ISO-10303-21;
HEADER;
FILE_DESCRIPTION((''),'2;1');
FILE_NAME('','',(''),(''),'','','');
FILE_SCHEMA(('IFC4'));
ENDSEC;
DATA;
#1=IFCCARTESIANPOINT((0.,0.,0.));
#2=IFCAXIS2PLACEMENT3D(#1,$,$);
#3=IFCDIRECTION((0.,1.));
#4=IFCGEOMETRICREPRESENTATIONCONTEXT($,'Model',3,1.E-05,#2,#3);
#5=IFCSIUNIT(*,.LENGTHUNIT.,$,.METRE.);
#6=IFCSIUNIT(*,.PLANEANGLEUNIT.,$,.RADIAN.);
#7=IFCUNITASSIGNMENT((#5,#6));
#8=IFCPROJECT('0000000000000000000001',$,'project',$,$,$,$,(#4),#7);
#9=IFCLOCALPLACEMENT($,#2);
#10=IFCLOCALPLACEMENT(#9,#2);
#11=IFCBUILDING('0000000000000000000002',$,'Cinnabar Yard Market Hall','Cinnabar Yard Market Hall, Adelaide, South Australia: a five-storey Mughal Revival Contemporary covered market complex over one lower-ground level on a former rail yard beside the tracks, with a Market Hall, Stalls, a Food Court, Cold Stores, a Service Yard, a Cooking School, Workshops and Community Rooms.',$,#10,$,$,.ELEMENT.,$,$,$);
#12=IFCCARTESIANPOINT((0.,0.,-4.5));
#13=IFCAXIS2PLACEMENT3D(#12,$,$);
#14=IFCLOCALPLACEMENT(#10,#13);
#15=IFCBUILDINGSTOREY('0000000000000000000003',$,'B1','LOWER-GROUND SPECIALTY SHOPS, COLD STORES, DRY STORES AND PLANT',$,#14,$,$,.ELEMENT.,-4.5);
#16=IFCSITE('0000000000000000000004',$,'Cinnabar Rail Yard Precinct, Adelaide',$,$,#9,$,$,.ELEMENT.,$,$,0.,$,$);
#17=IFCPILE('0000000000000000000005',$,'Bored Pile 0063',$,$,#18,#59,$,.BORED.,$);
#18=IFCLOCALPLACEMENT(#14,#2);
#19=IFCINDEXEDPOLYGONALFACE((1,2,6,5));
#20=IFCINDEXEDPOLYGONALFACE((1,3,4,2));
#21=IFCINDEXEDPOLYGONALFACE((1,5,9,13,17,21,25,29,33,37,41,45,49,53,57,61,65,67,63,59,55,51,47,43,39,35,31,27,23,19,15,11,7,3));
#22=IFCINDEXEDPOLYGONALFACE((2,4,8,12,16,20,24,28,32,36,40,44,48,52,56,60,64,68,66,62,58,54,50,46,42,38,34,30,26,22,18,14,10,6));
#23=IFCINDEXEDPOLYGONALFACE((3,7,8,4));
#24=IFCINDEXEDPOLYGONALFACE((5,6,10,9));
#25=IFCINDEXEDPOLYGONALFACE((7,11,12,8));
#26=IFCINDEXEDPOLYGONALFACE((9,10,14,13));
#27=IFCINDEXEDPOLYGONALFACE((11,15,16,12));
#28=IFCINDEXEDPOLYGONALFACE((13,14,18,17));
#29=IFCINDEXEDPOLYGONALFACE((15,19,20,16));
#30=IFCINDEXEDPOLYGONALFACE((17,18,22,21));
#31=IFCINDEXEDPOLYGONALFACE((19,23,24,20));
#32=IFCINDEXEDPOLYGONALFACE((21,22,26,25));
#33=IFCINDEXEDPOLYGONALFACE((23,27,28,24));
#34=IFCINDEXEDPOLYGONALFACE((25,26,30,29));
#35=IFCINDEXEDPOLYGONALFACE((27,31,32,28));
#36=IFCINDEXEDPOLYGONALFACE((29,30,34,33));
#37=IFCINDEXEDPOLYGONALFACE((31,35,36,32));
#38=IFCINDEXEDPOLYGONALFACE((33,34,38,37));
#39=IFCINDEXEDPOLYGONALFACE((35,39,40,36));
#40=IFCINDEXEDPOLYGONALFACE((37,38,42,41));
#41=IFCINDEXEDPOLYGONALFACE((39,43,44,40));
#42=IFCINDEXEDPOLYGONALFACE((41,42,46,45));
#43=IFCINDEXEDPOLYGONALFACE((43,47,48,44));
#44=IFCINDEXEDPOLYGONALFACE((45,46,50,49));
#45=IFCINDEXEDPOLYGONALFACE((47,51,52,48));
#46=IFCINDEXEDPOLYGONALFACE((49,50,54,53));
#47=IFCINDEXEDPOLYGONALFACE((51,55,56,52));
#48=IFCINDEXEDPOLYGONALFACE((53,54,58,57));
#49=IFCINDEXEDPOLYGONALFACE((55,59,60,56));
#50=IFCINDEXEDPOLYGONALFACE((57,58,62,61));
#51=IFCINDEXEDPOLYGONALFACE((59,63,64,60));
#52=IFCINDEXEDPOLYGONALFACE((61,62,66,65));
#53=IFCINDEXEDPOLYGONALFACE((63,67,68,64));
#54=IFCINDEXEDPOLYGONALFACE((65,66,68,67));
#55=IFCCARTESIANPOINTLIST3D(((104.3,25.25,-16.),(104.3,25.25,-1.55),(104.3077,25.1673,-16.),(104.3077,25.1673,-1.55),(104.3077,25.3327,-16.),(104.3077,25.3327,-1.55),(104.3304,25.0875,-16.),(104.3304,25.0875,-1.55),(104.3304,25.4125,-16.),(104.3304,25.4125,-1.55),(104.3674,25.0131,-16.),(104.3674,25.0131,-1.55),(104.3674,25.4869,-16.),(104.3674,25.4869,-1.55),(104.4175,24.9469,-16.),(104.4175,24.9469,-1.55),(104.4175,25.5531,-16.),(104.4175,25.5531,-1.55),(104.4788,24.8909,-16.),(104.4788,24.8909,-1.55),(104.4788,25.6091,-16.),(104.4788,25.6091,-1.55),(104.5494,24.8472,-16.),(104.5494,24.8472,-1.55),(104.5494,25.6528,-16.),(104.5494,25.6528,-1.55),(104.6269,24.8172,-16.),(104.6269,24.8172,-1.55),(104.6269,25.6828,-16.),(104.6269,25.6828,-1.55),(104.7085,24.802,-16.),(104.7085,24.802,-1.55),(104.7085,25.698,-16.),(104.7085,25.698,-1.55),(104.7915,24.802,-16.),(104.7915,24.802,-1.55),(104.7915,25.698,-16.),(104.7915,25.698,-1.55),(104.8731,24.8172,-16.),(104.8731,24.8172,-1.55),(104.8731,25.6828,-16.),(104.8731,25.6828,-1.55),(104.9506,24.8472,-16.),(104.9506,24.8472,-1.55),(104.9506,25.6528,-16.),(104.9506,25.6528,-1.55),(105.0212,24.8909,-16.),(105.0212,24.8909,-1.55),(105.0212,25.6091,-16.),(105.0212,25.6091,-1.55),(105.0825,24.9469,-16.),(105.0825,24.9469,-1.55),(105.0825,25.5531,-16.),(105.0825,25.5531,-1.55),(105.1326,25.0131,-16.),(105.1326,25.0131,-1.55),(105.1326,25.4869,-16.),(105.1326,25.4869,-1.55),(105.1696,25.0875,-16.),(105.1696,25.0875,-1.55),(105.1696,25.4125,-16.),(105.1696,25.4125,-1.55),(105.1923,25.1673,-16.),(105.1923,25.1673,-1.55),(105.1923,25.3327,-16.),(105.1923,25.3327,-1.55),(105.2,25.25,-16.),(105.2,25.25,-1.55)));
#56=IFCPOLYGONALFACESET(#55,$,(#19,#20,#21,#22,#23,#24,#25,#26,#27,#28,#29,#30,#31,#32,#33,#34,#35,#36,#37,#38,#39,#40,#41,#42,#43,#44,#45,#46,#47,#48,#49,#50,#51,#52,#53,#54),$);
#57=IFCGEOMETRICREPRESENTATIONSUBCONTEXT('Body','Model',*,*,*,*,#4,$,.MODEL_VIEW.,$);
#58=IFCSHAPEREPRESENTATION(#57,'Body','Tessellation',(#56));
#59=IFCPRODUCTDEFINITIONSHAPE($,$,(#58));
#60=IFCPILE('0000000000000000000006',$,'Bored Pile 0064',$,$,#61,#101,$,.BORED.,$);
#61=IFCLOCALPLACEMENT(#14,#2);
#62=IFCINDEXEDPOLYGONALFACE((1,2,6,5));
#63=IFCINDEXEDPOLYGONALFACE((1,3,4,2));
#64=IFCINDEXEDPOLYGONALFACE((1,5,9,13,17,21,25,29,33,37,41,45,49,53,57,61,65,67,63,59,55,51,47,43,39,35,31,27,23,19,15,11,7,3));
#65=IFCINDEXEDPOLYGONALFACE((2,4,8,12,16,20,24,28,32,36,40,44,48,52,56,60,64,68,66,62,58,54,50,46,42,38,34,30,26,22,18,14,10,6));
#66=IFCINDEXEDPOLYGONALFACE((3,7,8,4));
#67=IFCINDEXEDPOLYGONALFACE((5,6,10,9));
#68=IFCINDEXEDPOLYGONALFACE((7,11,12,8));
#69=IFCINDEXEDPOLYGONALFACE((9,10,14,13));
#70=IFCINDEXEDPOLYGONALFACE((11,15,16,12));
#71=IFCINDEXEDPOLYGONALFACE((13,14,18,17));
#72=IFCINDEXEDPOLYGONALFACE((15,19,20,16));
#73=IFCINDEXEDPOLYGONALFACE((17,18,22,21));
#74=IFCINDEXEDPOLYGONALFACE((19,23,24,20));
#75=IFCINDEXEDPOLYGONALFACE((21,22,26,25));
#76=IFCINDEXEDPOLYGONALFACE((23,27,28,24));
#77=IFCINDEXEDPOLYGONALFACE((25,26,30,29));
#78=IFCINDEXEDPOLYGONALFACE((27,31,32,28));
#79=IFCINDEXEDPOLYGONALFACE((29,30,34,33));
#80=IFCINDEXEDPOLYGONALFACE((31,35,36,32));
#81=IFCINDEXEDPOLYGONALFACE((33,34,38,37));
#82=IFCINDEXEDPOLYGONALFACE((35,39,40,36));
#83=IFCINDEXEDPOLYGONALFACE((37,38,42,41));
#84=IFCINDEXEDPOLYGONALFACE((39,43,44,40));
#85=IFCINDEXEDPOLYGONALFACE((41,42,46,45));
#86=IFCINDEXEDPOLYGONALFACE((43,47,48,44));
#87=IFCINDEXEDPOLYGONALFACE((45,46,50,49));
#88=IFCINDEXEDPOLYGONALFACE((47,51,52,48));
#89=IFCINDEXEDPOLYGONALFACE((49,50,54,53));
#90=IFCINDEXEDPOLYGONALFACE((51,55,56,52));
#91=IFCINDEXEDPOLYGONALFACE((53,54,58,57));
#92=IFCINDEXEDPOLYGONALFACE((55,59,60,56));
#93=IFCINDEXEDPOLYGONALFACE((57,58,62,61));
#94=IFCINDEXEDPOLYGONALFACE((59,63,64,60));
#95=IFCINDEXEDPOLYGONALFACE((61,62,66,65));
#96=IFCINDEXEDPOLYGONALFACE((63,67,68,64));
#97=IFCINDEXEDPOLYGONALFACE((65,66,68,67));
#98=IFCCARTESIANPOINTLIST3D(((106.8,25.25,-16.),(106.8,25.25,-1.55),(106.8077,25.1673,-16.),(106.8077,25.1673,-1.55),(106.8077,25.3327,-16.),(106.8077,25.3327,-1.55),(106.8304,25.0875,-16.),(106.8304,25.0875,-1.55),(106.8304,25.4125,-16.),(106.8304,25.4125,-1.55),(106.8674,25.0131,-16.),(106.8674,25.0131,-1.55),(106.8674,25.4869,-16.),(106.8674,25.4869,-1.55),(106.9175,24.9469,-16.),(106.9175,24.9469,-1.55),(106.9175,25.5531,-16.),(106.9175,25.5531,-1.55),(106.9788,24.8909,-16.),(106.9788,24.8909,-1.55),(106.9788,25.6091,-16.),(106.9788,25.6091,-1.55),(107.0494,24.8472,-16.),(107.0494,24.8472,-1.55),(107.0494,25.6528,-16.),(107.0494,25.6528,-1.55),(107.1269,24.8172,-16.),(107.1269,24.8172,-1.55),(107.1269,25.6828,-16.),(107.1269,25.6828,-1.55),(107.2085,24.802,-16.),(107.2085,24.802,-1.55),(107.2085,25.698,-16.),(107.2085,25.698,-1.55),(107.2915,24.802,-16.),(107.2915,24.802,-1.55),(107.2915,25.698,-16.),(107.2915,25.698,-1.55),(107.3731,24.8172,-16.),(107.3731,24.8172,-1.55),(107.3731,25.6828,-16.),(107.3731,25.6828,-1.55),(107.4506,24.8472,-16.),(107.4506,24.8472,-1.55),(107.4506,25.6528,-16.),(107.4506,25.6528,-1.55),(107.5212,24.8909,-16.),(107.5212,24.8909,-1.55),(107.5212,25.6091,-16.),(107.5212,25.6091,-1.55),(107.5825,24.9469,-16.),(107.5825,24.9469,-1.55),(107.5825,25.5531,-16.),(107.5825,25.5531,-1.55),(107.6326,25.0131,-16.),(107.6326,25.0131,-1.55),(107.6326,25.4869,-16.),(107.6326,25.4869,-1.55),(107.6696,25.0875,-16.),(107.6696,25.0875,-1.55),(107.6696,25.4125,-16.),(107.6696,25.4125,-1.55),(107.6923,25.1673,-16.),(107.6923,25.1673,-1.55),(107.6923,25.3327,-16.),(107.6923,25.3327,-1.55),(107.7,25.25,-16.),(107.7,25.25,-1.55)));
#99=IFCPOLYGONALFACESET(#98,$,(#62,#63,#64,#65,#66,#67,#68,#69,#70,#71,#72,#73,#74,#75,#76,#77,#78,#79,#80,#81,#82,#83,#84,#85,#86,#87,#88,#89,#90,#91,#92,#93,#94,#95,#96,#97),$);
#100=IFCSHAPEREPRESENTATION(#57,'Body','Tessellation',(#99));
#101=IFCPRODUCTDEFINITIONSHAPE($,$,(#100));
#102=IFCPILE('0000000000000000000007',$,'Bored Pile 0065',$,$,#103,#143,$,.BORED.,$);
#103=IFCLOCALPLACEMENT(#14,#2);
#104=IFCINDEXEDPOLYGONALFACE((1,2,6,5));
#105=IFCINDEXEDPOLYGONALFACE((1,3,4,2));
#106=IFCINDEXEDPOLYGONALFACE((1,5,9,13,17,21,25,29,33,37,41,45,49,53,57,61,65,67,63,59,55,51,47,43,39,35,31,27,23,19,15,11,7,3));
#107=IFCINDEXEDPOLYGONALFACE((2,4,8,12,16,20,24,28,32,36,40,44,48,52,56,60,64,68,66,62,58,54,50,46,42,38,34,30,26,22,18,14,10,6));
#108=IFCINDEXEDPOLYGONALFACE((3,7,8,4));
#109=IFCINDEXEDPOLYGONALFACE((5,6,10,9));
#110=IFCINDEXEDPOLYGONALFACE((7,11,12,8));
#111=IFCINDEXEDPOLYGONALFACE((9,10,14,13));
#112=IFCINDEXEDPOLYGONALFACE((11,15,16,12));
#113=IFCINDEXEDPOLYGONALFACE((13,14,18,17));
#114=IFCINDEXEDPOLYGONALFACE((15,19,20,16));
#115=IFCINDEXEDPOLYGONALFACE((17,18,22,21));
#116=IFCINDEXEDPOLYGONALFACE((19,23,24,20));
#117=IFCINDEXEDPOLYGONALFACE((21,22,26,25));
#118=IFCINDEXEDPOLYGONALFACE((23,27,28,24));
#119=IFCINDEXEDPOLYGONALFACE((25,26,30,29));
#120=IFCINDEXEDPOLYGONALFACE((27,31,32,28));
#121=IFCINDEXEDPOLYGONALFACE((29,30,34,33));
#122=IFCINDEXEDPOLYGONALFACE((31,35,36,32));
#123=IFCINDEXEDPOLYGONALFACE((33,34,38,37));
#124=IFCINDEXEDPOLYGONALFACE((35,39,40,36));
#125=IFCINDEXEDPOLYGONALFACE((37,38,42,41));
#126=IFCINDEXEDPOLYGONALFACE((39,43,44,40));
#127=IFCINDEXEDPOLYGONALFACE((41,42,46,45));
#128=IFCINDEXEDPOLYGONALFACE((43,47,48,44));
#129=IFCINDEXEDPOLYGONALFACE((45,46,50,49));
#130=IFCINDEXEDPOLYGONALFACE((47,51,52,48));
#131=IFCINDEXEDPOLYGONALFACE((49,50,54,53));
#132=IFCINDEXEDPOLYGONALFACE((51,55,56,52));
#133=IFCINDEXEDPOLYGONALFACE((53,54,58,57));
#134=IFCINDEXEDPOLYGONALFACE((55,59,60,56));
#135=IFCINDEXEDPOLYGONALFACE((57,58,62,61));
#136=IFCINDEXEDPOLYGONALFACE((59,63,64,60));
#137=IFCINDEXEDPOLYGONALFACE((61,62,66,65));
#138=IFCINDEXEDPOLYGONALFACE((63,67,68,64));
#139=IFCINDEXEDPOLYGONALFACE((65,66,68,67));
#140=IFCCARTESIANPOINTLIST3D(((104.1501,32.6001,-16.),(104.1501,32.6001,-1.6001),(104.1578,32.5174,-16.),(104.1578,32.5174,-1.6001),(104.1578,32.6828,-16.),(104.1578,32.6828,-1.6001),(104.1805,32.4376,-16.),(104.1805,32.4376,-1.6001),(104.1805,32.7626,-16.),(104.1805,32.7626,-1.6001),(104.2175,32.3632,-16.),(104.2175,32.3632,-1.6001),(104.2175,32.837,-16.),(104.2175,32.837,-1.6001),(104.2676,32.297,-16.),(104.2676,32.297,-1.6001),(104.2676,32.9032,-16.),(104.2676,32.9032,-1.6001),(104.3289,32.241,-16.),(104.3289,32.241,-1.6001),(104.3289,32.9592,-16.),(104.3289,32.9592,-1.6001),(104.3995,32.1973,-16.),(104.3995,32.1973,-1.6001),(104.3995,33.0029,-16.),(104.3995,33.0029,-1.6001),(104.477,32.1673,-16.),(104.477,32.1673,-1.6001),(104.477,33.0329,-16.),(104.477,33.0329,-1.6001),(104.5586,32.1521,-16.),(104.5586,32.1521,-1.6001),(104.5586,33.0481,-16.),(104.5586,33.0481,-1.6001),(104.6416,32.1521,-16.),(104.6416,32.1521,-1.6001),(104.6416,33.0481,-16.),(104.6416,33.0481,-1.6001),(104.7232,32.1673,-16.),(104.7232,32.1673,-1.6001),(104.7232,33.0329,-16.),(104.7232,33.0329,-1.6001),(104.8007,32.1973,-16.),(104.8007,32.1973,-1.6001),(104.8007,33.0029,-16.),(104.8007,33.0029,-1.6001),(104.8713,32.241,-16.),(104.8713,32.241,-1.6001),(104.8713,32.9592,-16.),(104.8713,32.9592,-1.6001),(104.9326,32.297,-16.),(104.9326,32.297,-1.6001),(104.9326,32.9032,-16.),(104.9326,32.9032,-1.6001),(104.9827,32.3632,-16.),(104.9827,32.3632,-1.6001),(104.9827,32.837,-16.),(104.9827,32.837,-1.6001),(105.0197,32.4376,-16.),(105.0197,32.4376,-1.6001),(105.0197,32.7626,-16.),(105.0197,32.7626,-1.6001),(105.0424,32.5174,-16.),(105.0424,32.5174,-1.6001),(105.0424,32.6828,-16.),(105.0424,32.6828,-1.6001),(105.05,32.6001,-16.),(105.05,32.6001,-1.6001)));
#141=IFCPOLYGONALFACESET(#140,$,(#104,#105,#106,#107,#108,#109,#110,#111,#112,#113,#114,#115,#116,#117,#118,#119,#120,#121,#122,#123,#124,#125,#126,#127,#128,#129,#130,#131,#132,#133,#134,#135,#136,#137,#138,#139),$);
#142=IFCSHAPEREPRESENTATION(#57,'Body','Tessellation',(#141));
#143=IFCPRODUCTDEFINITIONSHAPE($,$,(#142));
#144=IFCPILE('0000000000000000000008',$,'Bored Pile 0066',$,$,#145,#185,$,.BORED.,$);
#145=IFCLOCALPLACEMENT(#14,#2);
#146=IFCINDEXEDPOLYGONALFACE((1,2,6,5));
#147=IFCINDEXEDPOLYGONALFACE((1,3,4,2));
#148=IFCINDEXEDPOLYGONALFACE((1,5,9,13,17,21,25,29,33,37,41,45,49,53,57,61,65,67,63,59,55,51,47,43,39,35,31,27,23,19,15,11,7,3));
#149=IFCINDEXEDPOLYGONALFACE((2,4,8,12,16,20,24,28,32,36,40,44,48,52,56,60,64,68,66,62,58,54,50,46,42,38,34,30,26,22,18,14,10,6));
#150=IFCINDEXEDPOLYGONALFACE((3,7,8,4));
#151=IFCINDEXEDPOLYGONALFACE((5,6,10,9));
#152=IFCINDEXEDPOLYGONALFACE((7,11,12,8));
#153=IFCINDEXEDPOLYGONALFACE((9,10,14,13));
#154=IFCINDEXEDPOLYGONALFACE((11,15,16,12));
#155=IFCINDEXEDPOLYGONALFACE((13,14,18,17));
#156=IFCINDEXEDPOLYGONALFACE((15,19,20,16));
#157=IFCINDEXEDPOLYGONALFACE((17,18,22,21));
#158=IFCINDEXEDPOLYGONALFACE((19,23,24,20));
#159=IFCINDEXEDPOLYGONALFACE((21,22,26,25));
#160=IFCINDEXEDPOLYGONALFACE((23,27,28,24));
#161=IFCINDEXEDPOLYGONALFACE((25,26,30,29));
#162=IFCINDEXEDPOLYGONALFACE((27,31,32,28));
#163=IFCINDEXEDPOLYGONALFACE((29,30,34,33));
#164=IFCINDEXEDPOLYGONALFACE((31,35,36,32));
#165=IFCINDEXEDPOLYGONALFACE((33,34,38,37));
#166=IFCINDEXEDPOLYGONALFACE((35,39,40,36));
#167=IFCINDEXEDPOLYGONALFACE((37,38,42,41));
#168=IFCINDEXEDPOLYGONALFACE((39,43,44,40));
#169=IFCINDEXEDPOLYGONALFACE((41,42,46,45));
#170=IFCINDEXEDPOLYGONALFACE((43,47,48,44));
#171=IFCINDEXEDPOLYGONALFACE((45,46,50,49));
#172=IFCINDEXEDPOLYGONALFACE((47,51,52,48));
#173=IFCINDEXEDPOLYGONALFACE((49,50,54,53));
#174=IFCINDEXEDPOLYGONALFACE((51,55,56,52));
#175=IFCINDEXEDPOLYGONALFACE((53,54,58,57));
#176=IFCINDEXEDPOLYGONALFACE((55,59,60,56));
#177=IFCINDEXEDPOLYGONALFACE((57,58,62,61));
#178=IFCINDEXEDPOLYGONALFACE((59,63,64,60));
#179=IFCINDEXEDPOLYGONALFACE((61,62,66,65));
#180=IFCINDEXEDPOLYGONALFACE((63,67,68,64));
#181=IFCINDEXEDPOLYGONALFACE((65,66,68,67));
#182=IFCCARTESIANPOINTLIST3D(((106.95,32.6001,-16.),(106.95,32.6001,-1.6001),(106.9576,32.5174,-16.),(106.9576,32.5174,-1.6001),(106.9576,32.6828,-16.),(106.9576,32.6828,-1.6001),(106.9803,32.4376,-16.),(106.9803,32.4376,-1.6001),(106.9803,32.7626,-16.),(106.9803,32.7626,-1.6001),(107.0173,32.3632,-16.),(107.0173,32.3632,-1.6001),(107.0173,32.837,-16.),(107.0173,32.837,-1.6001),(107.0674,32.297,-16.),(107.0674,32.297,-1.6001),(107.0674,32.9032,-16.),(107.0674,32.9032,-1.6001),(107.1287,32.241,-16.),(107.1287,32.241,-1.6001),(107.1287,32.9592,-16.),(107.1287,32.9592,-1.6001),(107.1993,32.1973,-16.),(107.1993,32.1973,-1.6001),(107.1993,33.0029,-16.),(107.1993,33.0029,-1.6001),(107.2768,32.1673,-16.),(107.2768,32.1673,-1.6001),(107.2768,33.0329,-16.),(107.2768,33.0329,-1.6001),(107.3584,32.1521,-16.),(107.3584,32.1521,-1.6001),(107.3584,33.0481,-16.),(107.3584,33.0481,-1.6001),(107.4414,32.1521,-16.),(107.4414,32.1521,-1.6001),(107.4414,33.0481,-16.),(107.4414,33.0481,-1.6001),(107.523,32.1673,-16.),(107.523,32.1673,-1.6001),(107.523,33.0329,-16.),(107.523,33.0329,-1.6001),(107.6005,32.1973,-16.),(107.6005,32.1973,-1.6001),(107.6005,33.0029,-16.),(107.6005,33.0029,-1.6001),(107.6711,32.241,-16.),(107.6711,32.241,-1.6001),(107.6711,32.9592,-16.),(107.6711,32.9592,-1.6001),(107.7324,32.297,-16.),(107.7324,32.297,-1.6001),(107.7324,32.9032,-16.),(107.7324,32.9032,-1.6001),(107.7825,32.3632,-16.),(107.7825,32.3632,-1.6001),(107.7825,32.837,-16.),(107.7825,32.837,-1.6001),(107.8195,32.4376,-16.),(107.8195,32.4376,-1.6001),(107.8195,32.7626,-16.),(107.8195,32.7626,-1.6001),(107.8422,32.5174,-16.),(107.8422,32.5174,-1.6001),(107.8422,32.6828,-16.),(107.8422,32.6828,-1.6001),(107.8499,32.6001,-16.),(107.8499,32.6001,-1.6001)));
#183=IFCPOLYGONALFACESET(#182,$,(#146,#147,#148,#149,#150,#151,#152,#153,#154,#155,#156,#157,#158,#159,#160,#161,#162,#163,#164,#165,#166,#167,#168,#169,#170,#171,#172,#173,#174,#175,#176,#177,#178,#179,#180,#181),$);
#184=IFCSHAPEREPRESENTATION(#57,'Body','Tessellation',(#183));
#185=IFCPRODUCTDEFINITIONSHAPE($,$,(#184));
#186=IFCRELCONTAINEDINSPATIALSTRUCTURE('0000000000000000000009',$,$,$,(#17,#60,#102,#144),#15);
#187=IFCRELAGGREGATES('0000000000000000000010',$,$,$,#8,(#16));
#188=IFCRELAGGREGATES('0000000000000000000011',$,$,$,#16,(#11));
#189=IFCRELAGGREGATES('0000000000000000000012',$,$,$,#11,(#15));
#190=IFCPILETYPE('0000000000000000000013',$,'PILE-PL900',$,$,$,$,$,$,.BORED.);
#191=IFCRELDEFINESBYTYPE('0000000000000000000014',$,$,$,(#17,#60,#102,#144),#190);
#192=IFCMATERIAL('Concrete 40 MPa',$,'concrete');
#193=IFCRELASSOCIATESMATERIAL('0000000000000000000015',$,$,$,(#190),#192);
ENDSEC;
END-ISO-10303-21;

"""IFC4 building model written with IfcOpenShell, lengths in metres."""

from ifc_helpers import new_model, si_unit, direction, frame, origin, origin_2d_with_axis, place, context, subcontext, project, spatial, circle, extrude, material, material_profile, profile_set, type_object, element, save


model = new_model("IFC4")

# Units and contexts
model_context = context("Model", 3, precision=1e-05, world=origin(), true_north=direction((0.0, 1.0)))
body_context = subcontext(model_context, "Body", "Model", "MODEL_VIEW")
ifc_project = project(units=[si_unit("LENGTHUNIT", "METRE"), si_unit("PLANEANGLEUNIT", "RADIAN")], contexts=[model_context])

# Site, building, storey
site_placement = place(None, origin())
site = spatial("IfcSite", under=ifc_project, at=site_placement, Name="Cinnabar Rail Yard Precinct, Adelaide", CompositionType="ELEMENT", RefElevation=0.0)
building_placement = place(site_placement, origin())
building = spatial("IfcBuilding", under=site, at=building_placement, Name="Cinnabar Yard Market Hall", Description="Cinnabar Yard Market Hall, Adelaide, South Australia: a five-storey Mughal Revival Contemporary covered market complex over one lower-ground level on a former rail yard beside the tracks, with a Market Hall, Stalls, a Food Court, Cold Stores, a Service Yard, a Cooking School, Workshops and Community Rooms.", CompositionType="ELEMENT")
storey_placement = place(building_placement, frame((0.0, 0.0, -4.5)))
storey = spatial("IfcBuildingStorey", under=building, at=storey_placement, Name="B1", Description="LOWER-GROUND SPECIALTY SHOPS, COLD STORES, DRY STORES AND PLANT", CompositionType="ELEMENT", Elevation=-4.5)

# Shared definitions
ifc_material_1 = material(Name="Concrete 40 MPa", Category="concrete")

# Piles
ifc_material_profile_1 = material_profile(ifc_material_1, circle(Radius=0.45, at=origin_2d_with_axis()), Name="PILE-D900")
ifc_profile_set_1 = profile_set([ifc_material_profile_1], Name="Concrete 40 MPa")
pile_type = type_object("IfcPileType", Name="PILE-PL900", PredefinedType="BORED", material=ifc_profile_set_1)
for number, where, z_axis, x_axis, name in (
    (1, (104.75, 25.25, -1.55), (0.0, 0.0, -1.0), (1.0, 0.0, 0.0), "Bored Pile 0063"),
    (2, (107.25, 25.25, -1.55), (0.0, 0.0, -1.0), (1.0, 0.0, 0.0), "Bored Pile 0064"),
):
    element("IfcPile", number, at=place(storey_placement, frame(where, z_axis=z_axis, x_axis=x_axis)), inside=storey, type_object=pile_type, Name=name, PredefinedType="BORED", context=body_context, shape_type="SweptSolid", body=[
        extrude(circle(Radius=0.45, at=origin_2d_with_axis()), origin(), (0.0, 0.0, 1.0), 14.45),
    ])
for number, where, z_axis, x_axis, name in (
    (3, (104.6001, 32.6001, -1.6001), (0.0, 0.0, -1.0), (1.0, 0.0, 0.0), "Bored Pile 0065"),
    (4, (107.3999, 32.6001, -1.6001), (0.0, 0.0, -1.0), (1.0, 0.0, 0.0), "Bored Pile 0066"),
):
    element("IfcPile", number, at=place(storey_placement, frame(where, z_axis=z_axis, x_axis=x_axis)), inside=storey, type_object=pile_type, Name=name, PredefinedType="BORED", context=body_context, shape_type="SweptSolid", body=[
        extrude(circle(Radius=0.45, at=origin_2d_with_axis()), origin(), (0.0, 0.0, 1.0), 14.3999),
    ])

save(model, "model.ifc")
